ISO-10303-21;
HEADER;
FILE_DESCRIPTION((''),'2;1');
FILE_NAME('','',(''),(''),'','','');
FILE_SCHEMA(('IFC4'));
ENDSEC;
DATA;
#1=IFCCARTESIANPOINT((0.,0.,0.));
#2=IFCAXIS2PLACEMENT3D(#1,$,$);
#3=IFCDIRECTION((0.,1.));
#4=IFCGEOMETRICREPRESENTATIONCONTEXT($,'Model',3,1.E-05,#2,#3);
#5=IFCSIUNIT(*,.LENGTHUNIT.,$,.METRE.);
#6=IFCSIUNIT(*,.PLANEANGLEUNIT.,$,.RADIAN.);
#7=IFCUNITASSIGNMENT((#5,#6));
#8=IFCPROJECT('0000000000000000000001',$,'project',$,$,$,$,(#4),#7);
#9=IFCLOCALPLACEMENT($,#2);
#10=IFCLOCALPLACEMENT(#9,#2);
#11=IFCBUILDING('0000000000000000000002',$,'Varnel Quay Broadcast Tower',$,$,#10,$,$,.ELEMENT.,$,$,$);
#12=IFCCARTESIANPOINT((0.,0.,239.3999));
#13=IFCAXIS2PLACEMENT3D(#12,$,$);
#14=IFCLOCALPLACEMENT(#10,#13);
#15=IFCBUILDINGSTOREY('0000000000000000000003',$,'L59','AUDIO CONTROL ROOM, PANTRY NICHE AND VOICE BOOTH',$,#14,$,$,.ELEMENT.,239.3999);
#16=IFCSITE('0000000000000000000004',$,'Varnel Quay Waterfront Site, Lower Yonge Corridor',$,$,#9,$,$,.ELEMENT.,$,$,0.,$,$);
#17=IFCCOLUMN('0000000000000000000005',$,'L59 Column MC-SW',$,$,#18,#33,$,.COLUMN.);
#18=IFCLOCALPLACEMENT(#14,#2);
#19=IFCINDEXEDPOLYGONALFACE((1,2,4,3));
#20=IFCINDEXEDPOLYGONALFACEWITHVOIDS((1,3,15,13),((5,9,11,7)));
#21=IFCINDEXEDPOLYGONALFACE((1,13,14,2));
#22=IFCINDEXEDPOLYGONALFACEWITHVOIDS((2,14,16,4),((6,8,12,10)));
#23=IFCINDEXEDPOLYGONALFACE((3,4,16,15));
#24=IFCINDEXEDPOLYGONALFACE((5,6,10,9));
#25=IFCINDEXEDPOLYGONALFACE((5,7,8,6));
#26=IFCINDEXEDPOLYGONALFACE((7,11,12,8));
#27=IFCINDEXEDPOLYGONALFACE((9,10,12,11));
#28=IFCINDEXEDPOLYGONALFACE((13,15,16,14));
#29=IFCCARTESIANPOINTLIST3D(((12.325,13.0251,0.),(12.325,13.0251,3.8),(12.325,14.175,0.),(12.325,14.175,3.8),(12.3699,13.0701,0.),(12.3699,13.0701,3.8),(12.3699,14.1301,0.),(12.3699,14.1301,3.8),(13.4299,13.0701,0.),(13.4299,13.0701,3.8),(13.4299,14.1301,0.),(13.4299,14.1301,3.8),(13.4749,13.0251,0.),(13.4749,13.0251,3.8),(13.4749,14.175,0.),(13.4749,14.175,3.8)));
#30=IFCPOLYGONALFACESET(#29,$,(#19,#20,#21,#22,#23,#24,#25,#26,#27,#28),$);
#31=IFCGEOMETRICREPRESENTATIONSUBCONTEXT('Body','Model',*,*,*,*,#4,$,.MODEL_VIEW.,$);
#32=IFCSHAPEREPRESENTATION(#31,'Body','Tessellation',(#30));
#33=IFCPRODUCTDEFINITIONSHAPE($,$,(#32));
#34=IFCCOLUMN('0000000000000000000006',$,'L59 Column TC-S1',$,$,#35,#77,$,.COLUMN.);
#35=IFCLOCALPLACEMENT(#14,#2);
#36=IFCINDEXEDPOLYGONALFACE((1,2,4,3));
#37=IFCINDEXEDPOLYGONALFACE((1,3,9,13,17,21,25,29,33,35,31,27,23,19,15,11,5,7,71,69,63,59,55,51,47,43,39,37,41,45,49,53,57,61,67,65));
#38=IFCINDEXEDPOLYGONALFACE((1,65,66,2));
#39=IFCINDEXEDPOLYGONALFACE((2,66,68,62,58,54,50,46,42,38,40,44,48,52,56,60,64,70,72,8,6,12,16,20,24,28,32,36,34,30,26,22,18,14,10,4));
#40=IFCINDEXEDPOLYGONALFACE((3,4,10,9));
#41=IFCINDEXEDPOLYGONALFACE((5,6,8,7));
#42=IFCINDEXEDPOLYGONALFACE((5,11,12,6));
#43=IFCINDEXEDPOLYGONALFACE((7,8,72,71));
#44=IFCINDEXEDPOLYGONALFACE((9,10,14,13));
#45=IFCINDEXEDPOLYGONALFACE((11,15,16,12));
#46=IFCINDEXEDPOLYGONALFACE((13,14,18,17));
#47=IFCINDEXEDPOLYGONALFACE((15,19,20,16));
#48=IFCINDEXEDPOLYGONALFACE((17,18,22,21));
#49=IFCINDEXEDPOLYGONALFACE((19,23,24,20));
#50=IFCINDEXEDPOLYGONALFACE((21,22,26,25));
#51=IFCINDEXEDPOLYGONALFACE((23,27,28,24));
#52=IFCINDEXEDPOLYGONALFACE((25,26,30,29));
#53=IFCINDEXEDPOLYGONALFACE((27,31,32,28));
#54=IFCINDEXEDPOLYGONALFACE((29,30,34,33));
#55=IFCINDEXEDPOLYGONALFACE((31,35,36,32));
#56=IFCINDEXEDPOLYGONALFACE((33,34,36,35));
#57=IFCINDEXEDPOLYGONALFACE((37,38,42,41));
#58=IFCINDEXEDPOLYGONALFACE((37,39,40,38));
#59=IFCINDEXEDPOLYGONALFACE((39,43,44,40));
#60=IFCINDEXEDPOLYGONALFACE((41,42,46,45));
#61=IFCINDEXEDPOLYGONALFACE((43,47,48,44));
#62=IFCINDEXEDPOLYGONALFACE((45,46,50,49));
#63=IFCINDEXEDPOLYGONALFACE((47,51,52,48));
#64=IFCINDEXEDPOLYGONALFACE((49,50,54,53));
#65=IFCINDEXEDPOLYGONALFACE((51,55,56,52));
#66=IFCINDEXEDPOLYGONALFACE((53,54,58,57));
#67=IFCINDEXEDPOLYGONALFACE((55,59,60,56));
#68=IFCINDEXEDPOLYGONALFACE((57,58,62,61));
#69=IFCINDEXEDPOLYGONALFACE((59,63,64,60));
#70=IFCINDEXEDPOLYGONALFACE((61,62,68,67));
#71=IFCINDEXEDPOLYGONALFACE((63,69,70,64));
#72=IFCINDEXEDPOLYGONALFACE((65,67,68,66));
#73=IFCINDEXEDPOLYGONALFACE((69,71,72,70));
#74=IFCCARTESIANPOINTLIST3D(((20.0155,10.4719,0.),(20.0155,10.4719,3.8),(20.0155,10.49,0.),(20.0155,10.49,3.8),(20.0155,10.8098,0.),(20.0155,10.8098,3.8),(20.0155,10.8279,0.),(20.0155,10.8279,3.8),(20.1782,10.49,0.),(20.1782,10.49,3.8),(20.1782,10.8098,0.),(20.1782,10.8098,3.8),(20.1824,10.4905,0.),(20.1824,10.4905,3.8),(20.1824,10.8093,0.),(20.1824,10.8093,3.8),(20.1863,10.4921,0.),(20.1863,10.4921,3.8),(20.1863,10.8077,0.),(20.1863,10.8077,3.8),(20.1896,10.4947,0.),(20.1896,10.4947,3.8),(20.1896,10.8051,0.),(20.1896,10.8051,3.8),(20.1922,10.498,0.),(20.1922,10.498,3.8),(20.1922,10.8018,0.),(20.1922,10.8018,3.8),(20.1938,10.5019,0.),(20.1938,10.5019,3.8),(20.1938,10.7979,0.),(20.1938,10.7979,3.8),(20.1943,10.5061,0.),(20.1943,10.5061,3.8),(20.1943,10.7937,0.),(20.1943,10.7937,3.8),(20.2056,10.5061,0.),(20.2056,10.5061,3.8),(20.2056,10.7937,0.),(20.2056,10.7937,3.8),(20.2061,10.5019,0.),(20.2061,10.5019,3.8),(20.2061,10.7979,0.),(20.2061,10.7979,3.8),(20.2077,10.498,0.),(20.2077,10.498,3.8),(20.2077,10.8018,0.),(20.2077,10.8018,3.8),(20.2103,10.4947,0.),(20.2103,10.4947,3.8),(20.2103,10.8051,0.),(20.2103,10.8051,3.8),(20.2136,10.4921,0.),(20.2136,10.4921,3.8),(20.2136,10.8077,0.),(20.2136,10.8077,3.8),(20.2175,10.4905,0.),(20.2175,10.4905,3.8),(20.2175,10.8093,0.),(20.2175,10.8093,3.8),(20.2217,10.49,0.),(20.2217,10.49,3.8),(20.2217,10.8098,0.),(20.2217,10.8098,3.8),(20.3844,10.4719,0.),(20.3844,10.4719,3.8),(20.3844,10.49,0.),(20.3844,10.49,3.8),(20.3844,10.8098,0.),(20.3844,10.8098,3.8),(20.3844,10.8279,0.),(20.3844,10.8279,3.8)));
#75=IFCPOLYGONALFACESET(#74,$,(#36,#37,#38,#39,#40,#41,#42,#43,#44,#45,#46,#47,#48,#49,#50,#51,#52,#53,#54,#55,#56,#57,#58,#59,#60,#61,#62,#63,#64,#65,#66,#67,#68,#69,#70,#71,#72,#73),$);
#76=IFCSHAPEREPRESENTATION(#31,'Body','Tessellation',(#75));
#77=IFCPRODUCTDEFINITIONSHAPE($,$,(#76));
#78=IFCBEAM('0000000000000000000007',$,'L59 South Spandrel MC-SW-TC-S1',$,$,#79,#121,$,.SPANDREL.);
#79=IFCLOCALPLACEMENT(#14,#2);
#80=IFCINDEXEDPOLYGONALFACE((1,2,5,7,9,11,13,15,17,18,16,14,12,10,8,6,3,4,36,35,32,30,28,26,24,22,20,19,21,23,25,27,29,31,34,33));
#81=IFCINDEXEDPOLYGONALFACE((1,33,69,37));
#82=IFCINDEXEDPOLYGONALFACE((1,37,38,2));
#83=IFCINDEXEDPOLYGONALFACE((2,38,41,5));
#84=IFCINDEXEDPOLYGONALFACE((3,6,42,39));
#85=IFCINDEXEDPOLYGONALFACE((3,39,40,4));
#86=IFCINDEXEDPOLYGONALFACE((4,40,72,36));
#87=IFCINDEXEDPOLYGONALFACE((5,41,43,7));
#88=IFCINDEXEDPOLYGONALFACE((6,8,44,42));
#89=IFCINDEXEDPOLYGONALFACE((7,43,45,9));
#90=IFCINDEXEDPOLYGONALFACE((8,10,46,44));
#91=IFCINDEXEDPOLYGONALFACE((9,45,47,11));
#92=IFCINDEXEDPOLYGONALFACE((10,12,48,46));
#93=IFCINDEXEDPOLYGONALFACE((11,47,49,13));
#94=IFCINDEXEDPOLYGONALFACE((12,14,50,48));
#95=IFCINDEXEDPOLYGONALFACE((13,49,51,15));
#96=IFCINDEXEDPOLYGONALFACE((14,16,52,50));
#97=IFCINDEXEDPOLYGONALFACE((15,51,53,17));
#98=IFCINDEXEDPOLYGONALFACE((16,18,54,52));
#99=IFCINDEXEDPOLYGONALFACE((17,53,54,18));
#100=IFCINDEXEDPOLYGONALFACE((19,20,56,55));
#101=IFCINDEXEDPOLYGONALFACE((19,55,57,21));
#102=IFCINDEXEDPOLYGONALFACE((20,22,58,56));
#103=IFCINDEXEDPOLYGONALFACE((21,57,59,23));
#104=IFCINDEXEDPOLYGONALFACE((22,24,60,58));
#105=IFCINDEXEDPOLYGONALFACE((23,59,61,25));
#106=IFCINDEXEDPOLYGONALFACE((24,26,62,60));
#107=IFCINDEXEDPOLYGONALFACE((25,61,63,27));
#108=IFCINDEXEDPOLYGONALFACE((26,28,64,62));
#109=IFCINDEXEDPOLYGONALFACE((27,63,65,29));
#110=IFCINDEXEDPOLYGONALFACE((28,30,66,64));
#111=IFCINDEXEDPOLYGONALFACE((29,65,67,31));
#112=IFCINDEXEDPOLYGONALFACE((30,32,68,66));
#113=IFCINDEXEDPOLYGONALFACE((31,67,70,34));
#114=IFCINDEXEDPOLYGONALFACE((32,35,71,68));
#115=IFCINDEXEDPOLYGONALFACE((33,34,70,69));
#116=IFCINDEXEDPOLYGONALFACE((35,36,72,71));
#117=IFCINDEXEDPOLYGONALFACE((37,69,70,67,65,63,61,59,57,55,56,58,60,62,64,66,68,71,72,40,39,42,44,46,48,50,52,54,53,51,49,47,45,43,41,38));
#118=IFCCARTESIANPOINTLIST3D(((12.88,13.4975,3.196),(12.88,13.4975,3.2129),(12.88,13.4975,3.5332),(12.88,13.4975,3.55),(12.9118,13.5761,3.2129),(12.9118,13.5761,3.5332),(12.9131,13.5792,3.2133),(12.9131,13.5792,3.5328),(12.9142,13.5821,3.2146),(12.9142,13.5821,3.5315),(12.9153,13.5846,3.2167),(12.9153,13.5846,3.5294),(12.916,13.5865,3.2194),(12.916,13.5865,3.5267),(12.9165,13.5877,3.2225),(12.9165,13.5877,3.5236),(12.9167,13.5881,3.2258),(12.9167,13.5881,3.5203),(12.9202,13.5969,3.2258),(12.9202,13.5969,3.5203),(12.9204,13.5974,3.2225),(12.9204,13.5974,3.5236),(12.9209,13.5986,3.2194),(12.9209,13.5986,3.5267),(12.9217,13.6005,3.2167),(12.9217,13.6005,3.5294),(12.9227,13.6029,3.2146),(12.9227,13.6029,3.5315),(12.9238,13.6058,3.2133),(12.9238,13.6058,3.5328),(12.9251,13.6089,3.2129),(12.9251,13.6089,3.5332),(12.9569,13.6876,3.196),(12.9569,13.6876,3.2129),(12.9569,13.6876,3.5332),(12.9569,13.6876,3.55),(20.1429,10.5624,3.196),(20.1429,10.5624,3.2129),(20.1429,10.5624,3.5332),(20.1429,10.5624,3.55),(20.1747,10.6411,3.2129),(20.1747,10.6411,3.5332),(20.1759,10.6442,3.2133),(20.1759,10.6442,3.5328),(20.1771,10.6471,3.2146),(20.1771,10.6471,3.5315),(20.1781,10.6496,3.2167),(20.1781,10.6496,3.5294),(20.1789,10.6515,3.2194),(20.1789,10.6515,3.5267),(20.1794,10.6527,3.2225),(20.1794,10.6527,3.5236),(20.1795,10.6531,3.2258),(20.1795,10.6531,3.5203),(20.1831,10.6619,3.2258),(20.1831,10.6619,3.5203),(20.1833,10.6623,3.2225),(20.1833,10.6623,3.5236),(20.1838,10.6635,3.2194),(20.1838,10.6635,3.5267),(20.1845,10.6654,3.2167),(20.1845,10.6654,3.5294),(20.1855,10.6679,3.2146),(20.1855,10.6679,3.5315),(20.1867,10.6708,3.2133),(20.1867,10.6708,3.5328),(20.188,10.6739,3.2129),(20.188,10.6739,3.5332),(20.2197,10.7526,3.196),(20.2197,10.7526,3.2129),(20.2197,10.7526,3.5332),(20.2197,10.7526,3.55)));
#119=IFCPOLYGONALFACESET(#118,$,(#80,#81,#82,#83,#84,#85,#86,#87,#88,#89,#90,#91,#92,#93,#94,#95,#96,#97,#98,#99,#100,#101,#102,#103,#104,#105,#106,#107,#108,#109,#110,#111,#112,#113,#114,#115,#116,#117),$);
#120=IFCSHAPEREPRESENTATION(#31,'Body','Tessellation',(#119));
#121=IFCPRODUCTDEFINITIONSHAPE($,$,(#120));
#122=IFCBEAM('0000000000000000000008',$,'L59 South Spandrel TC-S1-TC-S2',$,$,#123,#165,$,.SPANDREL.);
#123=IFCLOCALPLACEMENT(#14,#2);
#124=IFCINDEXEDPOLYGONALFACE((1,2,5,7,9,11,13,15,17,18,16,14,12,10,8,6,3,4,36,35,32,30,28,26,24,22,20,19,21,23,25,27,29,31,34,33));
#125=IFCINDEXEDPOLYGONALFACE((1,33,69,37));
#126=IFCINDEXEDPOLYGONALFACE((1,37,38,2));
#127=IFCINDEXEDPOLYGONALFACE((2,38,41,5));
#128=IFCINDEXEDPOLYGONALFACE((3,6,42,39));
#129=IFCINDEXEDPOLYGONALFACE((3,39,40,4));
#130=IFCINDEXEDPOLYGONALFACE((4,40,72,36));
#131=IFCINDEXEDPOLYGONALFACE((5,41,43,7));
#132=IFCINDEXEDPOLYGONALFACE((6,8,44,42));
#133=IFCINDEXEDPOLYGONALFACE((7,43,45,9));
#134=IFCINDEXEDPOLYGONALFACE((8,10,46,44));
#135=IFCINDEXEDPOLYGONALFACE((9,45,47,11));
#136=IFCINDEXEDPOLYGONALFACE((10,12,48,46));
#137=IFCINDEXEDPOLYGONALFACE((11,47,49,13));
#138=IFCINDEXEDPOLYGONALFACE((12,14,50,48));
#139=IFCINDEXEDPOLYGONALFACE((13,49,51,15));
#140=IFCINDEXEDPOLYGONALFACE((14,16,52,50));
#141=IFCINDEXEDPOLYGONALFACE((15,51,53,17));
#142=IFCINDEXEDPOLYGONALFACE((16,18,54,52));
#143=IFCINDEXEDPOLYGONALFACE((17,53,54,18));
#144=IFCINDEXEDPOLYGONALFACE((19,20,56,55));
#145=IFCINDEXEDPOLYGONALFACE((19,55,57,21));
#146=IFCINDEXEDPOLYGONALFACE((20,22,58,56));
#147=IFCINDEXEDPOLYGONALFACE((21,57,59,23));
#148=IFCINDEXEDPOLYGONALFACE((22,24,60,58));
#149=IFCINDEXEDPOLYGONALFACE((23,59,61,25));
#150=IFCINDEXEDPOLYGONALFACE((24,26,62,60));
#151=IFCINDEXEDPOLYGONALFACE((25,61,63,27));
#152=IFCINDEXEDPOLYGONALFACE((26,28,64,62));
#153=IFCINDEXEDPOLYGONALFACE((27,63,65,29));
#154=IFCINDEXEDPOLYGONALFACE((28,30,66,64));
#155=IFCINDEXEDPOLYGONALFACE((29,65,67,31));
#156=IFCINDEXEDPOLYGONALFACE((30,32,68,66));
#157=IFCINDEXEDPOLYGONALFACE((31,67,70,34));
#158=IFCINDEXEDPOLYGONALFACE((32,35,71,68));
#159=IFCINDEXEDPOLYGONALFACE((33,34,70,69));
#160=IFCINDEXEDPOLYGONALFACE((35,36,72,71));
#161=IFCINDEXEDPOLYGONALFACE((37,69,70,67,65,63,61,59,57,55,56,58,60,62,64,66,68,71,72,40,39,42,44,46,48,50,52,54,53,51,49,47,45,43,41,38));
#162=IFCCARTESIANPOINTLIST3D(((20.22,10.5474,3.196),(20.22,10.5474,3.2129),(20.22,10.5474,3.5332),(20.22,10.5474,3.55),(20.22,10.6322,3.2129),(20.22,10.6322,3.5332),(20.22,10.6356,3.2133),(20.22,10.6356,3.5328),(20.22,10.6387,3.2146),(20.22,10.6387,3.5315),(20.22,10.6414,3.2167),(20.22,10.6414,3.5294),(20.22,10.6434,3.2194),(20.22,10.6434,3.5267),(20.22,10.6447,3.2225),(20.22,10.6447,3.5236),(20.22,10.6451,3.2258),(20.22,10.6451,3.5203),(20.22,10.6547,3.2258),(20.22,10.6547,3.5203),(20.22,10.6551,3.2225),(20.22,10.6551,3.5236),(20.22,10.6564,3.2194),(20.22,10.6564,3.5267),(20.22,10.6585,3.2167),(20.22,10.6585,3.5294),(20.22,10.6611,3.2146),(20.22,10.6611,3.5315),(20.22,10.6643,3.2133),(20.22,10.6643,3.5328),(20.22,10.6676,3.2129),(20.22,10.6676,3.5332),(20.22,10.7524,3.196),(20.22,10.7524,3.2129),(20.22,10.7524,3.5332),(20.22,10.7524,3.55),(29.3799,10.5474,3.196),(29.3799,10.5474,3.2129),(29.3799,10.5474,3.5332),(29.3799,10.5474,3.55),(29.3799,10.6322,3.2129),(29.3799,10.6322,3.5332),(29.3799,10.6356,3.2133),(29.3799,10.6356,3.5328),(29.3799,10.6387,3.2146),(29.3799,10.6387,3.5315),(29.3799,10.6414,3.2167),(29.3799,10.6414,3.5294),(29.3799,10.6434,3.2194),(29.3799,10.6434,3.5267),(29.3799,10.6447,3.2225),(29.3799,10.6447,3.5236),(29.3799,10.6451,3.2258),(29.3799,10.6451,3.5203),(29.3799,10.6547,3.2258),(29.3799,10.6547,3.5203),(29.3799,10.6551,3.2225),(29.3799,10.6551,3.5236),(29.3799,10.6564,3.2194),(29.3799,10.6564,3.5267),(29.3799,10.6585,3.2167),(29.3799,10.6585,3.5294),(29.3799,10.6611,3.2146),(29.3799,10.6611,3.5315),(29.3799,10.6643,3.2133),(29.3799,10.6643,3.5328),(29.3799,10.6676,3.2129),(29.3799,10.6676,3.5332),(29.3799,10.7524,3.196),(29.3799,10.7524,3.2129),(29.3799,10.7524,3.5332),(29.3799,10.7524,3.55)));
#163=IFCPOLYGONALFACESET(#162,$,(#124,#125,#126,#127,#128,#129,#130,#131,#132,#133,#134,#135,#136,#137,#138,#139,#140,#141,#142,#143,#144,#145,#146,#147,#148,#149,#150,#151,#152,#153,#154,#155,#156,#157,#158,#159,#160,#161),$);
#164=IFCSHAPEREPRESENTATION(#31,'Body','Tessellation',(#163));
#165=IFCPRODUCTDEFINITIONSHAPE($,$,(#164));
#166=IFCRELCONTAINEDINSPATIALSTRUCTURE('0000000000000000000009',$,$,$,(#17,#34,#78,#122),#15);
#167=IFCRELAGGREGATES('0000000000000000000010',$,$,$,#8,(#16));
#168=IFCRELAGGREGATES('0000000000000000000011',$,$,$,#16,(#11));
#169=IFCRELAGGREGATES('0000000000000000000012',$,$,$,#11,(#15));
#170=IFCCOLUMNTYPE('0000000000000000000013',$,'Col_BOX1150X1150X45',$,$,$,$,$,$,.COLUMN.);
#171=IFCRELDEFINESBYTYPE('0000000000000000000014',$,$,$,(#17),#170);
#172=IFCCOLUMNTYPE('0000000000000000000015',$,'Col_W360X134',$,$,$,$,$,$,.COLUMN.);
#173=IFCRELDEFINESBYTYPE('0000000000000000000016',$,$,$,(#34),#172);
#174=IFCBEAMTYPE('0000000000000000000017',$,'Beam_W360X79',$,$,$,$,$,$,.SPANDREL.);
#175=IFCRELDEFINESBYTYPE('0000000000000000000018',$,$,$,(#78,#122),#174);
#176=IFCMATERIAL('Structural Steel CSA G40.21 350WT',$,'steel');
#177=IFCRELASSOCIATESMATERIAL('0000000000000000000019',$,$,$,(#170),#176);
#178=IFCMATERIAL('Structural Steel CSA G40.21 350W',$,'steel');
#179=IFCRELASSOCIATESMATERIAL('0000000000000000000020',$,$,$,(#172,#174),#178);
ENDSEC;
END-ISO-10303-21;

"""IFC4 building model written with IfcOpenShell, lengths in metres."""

from ifc_helpers import new_model, si_unit, direction, frame, origin, origin_2d, place, context, subcontext, project, spatial, hollow_rectangle, i_section, extrude, source, transform, mapped, material, material_profile, profile_set, type_object, type_shapes, element, save


model = new_model("IFC4")

# Units and contexts
model_context = context("Model", 3, precision=1e-05, world=origin(), true_north=direction((0.0, 1.0)))
body_context = subcontext(model_context, "Body", "Model", "MODEL_VIEW")
ifc_project = project(units=[si_unit("LENGTHUNIT", "METRE"), si_unit("PLANEANGLEUNIT", "RADIAN")], contexts=[model_context])

# Site, building, storey
site_placement = place(None, origin())
site = spatial("IfcSite", under=ifc_project, at=site_placement, Name="Varnel Quay Waterfront Site, Lower Yonge Corridor", CompositionType="ELEMENT", RefElevation=0.0)
building_placement = place(site_placement, origin())
building = spatial("IfcBuilding", under=site, at=building_placement, Name="Varnel Quay Broadcast Tower", CompositionType="ELEMENT")
storey_placement = place(building_placement, frame((0.0, 0.0, 239.3999)))
storey = spatial("IfcBuildingStorey", under=building, at=storey_placement, Name="L59", Description="AUDIO CONTROL ROOM, PANTRY NICHE AND VOICE BOOTH", CompositionType="ELEMENT", Elevation=239.3999)

# Columns
ifc_material_1 = material(Name="Structural Steel CSA G40.21 350WT", Category="steel")
ifc_material_profile_1 = material_profile(ifc_material_1, hollow_rectangle(XDim=1.1499, YDim=1.1499, WallThickness=0.0449, at=origin_2d()), Name="BOX1150X1150X45")
ifc_profile_set_1 = profile_set([ifc_material_profile_1], Name="Structural Steel CSA G40.21 350WT")
column_type_1 = type_object("IfcColumnType", Name="Col_BOX1150X1150X45", PredefinedType="COLUMN", material=ifc_profile_set_1)
shared_shape_1 = source(origin(), body_context, "Body", "SweptSolid", [
    extrude(hollow_rectangle(XDim=1.1499, YDim=1.1499, WallThickness=0.0449, at=origin_2d()), origin(), (0.0, 0.0, 1.0), 3.8),
])
type_shapes(column_type_1, [shared_shape_1])
column_1_placement = place(storey_placement, frame((12.8999, 13.6001, 0.0), z_axis=(0.0, 0.0, 1.0), x_axis=(1.0, 0.0, 0.0)))
element("IfcColumn", 1, at=column_1_placement, inside=storey, type_object=column_type_1, Name="L59 Column MC-SW", PredefinedType="COLUMN", context=body_context, shape_type="MappedRepresentation", body=[
    mapped(shared_shape_1, transform((0.0, 0.0, 0.0), x_axis=(1.0, 0.0, 0.0), y_axis=(0.0, 1.0, 0.0), z_axis=(0.0, 0.0, 1.0), scale=1.0)),
])
ifc_material_2 = material(Name="Structural Steel CSA G40.21 350W", Category="steel")
ifc_material_profile_2 = material_profile(ifc_material_2, i_section(OverallWidth=0.3689, OverallDepth=0.356, WebThickness=0.0112, FlangeThickness=0.0181, FilletRadius=0.0161, at=origin_2d()), Name="W360X134")
ifc_profile_set_2 = profile_set([ifc_material_profile_2], Name="Structural Steel CSA G40.21 350W")
column_type_2 = type_object("IfcColumnType", Name="Col_W360X134", PredefinedType="COLUMN", material=ifc_profile_set_2)
shared_shape_2 = source(origin(), body_context, "Body", "SweptSolid", [
    extrude(i_section(OverallWidth=0.3689, OverallDepth=0.356, WebThickness=0.0112, FlangeThickness=0.0181, FilletRadius=0.0161, at=origin_2d()), origin(), (0.0, 0.0, 1.0), 3.8),
])
type_shapes(column_type_2, [shared_shape_2])
column_2_placement = place(storey_placement, frame((20.2, 10.6499, 0.0), z_axis=(0.0, 0.0, 1.0), x_axis=(1.0, 0.0, 0.0)))
element("IfcColumn", 2, at=column_2_placement, inside=storey, type_object=column_type_2, Name="L59 Column TC-S1", PredefinedType="COLUMN", context=body_context, shape_type="MappedRepresentation", body=[
    mapped(shared_shape_2, transform((0.0, 0.0, 0.0), x_axis=(1.0, 0.0, 0.0), y_axis=(0.0, 1.0, 0.0), z_axis=(0.0, 0.0, 1.0), scale=1.0)),
])

# Beams
ifc_material_profile_3 = material_profile(ifc_material_2, i_section(OverallWidth=0.2051, OverallDepth=0.354, WebThickness=0.0095, FlangeThickness=0.0168, FilletRadius=0.0129, at=origin_2d()), Name="W360X79")
ifc_profile_set_3 = profile_set([ifc_material_profile_3], Name="Structural Steel CSA G40.21 350W")
beam_type_1 = type_object("IfcBeamType", Name="Beam_W360X79", PredefinedType="SPANDREL", material=ifc_profile_set_3)
shared_shape_3 = source(origin(), body_context, "Body", "SweptSolid", [
    extrude(i_section(OverallWidth=0.2051, OverallDepth=0.354, WebThickness=0.0095, FlangeThickness=0.0168, FilletRadius=0.0129, at=origin_2d()), origin(), (0.0, 0.0, 1.0), 7.8335),
])
beam_1_placement = place(storey_placement, frame((12.9185, 13.5925, 3.373), z_axis=(0.927155, -0.374677, 0.0), x_axis=(0.374677, 0.927155, 0.0)))
element("IfcBeam", 3, at=beam_1_placement, inside=storey, type_object=beam_type_1, Name="L59 South Spandrel MC-SW-TC-S1", PredefinedType="SPANDREL", context=body_context, shape_type="MappedRepresentation", body=[
    mapped(shared_shape_3, transform((0.0, 0.0, 0.0), x_axis=(1.0, 0.0, 0.0), y_axis=(0.0, 1.0, 0.0), z_axis=(0.0, 0.0, 1.0), scale=1.0)),
])
shared_shape_4 = source(origin(), body_context, "Body", "SweptSolid", [
    extrude(i_section(OverallWidth=0.2051, OverallDepth=0.354, WebThickness=0.0095, FlangeThickness=0.0168, FilletRadius=0.0129, at=origin_2d()), origin(), (0.0, 0.0, 1.0), 9.1599),
])
beam_2_placement = place(storey_placement, frame((20.22, 10.6499, 3.373), z_axis=(1.0, 0.0, 0.0), x_axis=(0.0, 1.0, 0.0)))
element("IfcBeam", 4, at=beam_2_placement, inside=storey, type_object=beam_type_1, Name="L59 South Spandrel TC-S1-TC-S2", PredefinedType="SPANDREL", context=body_context, shape_type="MappedRepresentation", body=[
    mapped(shared_shape_4, transform((0.0, 0.0, 0.0), x_axis=(1.0, 0.0, 0.0), y_axis=(0.0, 1.0, 0.0), z_axis=(0.0, 0.0, 1.0), scale=1.0)),
])

save(model, "model.ifc")
